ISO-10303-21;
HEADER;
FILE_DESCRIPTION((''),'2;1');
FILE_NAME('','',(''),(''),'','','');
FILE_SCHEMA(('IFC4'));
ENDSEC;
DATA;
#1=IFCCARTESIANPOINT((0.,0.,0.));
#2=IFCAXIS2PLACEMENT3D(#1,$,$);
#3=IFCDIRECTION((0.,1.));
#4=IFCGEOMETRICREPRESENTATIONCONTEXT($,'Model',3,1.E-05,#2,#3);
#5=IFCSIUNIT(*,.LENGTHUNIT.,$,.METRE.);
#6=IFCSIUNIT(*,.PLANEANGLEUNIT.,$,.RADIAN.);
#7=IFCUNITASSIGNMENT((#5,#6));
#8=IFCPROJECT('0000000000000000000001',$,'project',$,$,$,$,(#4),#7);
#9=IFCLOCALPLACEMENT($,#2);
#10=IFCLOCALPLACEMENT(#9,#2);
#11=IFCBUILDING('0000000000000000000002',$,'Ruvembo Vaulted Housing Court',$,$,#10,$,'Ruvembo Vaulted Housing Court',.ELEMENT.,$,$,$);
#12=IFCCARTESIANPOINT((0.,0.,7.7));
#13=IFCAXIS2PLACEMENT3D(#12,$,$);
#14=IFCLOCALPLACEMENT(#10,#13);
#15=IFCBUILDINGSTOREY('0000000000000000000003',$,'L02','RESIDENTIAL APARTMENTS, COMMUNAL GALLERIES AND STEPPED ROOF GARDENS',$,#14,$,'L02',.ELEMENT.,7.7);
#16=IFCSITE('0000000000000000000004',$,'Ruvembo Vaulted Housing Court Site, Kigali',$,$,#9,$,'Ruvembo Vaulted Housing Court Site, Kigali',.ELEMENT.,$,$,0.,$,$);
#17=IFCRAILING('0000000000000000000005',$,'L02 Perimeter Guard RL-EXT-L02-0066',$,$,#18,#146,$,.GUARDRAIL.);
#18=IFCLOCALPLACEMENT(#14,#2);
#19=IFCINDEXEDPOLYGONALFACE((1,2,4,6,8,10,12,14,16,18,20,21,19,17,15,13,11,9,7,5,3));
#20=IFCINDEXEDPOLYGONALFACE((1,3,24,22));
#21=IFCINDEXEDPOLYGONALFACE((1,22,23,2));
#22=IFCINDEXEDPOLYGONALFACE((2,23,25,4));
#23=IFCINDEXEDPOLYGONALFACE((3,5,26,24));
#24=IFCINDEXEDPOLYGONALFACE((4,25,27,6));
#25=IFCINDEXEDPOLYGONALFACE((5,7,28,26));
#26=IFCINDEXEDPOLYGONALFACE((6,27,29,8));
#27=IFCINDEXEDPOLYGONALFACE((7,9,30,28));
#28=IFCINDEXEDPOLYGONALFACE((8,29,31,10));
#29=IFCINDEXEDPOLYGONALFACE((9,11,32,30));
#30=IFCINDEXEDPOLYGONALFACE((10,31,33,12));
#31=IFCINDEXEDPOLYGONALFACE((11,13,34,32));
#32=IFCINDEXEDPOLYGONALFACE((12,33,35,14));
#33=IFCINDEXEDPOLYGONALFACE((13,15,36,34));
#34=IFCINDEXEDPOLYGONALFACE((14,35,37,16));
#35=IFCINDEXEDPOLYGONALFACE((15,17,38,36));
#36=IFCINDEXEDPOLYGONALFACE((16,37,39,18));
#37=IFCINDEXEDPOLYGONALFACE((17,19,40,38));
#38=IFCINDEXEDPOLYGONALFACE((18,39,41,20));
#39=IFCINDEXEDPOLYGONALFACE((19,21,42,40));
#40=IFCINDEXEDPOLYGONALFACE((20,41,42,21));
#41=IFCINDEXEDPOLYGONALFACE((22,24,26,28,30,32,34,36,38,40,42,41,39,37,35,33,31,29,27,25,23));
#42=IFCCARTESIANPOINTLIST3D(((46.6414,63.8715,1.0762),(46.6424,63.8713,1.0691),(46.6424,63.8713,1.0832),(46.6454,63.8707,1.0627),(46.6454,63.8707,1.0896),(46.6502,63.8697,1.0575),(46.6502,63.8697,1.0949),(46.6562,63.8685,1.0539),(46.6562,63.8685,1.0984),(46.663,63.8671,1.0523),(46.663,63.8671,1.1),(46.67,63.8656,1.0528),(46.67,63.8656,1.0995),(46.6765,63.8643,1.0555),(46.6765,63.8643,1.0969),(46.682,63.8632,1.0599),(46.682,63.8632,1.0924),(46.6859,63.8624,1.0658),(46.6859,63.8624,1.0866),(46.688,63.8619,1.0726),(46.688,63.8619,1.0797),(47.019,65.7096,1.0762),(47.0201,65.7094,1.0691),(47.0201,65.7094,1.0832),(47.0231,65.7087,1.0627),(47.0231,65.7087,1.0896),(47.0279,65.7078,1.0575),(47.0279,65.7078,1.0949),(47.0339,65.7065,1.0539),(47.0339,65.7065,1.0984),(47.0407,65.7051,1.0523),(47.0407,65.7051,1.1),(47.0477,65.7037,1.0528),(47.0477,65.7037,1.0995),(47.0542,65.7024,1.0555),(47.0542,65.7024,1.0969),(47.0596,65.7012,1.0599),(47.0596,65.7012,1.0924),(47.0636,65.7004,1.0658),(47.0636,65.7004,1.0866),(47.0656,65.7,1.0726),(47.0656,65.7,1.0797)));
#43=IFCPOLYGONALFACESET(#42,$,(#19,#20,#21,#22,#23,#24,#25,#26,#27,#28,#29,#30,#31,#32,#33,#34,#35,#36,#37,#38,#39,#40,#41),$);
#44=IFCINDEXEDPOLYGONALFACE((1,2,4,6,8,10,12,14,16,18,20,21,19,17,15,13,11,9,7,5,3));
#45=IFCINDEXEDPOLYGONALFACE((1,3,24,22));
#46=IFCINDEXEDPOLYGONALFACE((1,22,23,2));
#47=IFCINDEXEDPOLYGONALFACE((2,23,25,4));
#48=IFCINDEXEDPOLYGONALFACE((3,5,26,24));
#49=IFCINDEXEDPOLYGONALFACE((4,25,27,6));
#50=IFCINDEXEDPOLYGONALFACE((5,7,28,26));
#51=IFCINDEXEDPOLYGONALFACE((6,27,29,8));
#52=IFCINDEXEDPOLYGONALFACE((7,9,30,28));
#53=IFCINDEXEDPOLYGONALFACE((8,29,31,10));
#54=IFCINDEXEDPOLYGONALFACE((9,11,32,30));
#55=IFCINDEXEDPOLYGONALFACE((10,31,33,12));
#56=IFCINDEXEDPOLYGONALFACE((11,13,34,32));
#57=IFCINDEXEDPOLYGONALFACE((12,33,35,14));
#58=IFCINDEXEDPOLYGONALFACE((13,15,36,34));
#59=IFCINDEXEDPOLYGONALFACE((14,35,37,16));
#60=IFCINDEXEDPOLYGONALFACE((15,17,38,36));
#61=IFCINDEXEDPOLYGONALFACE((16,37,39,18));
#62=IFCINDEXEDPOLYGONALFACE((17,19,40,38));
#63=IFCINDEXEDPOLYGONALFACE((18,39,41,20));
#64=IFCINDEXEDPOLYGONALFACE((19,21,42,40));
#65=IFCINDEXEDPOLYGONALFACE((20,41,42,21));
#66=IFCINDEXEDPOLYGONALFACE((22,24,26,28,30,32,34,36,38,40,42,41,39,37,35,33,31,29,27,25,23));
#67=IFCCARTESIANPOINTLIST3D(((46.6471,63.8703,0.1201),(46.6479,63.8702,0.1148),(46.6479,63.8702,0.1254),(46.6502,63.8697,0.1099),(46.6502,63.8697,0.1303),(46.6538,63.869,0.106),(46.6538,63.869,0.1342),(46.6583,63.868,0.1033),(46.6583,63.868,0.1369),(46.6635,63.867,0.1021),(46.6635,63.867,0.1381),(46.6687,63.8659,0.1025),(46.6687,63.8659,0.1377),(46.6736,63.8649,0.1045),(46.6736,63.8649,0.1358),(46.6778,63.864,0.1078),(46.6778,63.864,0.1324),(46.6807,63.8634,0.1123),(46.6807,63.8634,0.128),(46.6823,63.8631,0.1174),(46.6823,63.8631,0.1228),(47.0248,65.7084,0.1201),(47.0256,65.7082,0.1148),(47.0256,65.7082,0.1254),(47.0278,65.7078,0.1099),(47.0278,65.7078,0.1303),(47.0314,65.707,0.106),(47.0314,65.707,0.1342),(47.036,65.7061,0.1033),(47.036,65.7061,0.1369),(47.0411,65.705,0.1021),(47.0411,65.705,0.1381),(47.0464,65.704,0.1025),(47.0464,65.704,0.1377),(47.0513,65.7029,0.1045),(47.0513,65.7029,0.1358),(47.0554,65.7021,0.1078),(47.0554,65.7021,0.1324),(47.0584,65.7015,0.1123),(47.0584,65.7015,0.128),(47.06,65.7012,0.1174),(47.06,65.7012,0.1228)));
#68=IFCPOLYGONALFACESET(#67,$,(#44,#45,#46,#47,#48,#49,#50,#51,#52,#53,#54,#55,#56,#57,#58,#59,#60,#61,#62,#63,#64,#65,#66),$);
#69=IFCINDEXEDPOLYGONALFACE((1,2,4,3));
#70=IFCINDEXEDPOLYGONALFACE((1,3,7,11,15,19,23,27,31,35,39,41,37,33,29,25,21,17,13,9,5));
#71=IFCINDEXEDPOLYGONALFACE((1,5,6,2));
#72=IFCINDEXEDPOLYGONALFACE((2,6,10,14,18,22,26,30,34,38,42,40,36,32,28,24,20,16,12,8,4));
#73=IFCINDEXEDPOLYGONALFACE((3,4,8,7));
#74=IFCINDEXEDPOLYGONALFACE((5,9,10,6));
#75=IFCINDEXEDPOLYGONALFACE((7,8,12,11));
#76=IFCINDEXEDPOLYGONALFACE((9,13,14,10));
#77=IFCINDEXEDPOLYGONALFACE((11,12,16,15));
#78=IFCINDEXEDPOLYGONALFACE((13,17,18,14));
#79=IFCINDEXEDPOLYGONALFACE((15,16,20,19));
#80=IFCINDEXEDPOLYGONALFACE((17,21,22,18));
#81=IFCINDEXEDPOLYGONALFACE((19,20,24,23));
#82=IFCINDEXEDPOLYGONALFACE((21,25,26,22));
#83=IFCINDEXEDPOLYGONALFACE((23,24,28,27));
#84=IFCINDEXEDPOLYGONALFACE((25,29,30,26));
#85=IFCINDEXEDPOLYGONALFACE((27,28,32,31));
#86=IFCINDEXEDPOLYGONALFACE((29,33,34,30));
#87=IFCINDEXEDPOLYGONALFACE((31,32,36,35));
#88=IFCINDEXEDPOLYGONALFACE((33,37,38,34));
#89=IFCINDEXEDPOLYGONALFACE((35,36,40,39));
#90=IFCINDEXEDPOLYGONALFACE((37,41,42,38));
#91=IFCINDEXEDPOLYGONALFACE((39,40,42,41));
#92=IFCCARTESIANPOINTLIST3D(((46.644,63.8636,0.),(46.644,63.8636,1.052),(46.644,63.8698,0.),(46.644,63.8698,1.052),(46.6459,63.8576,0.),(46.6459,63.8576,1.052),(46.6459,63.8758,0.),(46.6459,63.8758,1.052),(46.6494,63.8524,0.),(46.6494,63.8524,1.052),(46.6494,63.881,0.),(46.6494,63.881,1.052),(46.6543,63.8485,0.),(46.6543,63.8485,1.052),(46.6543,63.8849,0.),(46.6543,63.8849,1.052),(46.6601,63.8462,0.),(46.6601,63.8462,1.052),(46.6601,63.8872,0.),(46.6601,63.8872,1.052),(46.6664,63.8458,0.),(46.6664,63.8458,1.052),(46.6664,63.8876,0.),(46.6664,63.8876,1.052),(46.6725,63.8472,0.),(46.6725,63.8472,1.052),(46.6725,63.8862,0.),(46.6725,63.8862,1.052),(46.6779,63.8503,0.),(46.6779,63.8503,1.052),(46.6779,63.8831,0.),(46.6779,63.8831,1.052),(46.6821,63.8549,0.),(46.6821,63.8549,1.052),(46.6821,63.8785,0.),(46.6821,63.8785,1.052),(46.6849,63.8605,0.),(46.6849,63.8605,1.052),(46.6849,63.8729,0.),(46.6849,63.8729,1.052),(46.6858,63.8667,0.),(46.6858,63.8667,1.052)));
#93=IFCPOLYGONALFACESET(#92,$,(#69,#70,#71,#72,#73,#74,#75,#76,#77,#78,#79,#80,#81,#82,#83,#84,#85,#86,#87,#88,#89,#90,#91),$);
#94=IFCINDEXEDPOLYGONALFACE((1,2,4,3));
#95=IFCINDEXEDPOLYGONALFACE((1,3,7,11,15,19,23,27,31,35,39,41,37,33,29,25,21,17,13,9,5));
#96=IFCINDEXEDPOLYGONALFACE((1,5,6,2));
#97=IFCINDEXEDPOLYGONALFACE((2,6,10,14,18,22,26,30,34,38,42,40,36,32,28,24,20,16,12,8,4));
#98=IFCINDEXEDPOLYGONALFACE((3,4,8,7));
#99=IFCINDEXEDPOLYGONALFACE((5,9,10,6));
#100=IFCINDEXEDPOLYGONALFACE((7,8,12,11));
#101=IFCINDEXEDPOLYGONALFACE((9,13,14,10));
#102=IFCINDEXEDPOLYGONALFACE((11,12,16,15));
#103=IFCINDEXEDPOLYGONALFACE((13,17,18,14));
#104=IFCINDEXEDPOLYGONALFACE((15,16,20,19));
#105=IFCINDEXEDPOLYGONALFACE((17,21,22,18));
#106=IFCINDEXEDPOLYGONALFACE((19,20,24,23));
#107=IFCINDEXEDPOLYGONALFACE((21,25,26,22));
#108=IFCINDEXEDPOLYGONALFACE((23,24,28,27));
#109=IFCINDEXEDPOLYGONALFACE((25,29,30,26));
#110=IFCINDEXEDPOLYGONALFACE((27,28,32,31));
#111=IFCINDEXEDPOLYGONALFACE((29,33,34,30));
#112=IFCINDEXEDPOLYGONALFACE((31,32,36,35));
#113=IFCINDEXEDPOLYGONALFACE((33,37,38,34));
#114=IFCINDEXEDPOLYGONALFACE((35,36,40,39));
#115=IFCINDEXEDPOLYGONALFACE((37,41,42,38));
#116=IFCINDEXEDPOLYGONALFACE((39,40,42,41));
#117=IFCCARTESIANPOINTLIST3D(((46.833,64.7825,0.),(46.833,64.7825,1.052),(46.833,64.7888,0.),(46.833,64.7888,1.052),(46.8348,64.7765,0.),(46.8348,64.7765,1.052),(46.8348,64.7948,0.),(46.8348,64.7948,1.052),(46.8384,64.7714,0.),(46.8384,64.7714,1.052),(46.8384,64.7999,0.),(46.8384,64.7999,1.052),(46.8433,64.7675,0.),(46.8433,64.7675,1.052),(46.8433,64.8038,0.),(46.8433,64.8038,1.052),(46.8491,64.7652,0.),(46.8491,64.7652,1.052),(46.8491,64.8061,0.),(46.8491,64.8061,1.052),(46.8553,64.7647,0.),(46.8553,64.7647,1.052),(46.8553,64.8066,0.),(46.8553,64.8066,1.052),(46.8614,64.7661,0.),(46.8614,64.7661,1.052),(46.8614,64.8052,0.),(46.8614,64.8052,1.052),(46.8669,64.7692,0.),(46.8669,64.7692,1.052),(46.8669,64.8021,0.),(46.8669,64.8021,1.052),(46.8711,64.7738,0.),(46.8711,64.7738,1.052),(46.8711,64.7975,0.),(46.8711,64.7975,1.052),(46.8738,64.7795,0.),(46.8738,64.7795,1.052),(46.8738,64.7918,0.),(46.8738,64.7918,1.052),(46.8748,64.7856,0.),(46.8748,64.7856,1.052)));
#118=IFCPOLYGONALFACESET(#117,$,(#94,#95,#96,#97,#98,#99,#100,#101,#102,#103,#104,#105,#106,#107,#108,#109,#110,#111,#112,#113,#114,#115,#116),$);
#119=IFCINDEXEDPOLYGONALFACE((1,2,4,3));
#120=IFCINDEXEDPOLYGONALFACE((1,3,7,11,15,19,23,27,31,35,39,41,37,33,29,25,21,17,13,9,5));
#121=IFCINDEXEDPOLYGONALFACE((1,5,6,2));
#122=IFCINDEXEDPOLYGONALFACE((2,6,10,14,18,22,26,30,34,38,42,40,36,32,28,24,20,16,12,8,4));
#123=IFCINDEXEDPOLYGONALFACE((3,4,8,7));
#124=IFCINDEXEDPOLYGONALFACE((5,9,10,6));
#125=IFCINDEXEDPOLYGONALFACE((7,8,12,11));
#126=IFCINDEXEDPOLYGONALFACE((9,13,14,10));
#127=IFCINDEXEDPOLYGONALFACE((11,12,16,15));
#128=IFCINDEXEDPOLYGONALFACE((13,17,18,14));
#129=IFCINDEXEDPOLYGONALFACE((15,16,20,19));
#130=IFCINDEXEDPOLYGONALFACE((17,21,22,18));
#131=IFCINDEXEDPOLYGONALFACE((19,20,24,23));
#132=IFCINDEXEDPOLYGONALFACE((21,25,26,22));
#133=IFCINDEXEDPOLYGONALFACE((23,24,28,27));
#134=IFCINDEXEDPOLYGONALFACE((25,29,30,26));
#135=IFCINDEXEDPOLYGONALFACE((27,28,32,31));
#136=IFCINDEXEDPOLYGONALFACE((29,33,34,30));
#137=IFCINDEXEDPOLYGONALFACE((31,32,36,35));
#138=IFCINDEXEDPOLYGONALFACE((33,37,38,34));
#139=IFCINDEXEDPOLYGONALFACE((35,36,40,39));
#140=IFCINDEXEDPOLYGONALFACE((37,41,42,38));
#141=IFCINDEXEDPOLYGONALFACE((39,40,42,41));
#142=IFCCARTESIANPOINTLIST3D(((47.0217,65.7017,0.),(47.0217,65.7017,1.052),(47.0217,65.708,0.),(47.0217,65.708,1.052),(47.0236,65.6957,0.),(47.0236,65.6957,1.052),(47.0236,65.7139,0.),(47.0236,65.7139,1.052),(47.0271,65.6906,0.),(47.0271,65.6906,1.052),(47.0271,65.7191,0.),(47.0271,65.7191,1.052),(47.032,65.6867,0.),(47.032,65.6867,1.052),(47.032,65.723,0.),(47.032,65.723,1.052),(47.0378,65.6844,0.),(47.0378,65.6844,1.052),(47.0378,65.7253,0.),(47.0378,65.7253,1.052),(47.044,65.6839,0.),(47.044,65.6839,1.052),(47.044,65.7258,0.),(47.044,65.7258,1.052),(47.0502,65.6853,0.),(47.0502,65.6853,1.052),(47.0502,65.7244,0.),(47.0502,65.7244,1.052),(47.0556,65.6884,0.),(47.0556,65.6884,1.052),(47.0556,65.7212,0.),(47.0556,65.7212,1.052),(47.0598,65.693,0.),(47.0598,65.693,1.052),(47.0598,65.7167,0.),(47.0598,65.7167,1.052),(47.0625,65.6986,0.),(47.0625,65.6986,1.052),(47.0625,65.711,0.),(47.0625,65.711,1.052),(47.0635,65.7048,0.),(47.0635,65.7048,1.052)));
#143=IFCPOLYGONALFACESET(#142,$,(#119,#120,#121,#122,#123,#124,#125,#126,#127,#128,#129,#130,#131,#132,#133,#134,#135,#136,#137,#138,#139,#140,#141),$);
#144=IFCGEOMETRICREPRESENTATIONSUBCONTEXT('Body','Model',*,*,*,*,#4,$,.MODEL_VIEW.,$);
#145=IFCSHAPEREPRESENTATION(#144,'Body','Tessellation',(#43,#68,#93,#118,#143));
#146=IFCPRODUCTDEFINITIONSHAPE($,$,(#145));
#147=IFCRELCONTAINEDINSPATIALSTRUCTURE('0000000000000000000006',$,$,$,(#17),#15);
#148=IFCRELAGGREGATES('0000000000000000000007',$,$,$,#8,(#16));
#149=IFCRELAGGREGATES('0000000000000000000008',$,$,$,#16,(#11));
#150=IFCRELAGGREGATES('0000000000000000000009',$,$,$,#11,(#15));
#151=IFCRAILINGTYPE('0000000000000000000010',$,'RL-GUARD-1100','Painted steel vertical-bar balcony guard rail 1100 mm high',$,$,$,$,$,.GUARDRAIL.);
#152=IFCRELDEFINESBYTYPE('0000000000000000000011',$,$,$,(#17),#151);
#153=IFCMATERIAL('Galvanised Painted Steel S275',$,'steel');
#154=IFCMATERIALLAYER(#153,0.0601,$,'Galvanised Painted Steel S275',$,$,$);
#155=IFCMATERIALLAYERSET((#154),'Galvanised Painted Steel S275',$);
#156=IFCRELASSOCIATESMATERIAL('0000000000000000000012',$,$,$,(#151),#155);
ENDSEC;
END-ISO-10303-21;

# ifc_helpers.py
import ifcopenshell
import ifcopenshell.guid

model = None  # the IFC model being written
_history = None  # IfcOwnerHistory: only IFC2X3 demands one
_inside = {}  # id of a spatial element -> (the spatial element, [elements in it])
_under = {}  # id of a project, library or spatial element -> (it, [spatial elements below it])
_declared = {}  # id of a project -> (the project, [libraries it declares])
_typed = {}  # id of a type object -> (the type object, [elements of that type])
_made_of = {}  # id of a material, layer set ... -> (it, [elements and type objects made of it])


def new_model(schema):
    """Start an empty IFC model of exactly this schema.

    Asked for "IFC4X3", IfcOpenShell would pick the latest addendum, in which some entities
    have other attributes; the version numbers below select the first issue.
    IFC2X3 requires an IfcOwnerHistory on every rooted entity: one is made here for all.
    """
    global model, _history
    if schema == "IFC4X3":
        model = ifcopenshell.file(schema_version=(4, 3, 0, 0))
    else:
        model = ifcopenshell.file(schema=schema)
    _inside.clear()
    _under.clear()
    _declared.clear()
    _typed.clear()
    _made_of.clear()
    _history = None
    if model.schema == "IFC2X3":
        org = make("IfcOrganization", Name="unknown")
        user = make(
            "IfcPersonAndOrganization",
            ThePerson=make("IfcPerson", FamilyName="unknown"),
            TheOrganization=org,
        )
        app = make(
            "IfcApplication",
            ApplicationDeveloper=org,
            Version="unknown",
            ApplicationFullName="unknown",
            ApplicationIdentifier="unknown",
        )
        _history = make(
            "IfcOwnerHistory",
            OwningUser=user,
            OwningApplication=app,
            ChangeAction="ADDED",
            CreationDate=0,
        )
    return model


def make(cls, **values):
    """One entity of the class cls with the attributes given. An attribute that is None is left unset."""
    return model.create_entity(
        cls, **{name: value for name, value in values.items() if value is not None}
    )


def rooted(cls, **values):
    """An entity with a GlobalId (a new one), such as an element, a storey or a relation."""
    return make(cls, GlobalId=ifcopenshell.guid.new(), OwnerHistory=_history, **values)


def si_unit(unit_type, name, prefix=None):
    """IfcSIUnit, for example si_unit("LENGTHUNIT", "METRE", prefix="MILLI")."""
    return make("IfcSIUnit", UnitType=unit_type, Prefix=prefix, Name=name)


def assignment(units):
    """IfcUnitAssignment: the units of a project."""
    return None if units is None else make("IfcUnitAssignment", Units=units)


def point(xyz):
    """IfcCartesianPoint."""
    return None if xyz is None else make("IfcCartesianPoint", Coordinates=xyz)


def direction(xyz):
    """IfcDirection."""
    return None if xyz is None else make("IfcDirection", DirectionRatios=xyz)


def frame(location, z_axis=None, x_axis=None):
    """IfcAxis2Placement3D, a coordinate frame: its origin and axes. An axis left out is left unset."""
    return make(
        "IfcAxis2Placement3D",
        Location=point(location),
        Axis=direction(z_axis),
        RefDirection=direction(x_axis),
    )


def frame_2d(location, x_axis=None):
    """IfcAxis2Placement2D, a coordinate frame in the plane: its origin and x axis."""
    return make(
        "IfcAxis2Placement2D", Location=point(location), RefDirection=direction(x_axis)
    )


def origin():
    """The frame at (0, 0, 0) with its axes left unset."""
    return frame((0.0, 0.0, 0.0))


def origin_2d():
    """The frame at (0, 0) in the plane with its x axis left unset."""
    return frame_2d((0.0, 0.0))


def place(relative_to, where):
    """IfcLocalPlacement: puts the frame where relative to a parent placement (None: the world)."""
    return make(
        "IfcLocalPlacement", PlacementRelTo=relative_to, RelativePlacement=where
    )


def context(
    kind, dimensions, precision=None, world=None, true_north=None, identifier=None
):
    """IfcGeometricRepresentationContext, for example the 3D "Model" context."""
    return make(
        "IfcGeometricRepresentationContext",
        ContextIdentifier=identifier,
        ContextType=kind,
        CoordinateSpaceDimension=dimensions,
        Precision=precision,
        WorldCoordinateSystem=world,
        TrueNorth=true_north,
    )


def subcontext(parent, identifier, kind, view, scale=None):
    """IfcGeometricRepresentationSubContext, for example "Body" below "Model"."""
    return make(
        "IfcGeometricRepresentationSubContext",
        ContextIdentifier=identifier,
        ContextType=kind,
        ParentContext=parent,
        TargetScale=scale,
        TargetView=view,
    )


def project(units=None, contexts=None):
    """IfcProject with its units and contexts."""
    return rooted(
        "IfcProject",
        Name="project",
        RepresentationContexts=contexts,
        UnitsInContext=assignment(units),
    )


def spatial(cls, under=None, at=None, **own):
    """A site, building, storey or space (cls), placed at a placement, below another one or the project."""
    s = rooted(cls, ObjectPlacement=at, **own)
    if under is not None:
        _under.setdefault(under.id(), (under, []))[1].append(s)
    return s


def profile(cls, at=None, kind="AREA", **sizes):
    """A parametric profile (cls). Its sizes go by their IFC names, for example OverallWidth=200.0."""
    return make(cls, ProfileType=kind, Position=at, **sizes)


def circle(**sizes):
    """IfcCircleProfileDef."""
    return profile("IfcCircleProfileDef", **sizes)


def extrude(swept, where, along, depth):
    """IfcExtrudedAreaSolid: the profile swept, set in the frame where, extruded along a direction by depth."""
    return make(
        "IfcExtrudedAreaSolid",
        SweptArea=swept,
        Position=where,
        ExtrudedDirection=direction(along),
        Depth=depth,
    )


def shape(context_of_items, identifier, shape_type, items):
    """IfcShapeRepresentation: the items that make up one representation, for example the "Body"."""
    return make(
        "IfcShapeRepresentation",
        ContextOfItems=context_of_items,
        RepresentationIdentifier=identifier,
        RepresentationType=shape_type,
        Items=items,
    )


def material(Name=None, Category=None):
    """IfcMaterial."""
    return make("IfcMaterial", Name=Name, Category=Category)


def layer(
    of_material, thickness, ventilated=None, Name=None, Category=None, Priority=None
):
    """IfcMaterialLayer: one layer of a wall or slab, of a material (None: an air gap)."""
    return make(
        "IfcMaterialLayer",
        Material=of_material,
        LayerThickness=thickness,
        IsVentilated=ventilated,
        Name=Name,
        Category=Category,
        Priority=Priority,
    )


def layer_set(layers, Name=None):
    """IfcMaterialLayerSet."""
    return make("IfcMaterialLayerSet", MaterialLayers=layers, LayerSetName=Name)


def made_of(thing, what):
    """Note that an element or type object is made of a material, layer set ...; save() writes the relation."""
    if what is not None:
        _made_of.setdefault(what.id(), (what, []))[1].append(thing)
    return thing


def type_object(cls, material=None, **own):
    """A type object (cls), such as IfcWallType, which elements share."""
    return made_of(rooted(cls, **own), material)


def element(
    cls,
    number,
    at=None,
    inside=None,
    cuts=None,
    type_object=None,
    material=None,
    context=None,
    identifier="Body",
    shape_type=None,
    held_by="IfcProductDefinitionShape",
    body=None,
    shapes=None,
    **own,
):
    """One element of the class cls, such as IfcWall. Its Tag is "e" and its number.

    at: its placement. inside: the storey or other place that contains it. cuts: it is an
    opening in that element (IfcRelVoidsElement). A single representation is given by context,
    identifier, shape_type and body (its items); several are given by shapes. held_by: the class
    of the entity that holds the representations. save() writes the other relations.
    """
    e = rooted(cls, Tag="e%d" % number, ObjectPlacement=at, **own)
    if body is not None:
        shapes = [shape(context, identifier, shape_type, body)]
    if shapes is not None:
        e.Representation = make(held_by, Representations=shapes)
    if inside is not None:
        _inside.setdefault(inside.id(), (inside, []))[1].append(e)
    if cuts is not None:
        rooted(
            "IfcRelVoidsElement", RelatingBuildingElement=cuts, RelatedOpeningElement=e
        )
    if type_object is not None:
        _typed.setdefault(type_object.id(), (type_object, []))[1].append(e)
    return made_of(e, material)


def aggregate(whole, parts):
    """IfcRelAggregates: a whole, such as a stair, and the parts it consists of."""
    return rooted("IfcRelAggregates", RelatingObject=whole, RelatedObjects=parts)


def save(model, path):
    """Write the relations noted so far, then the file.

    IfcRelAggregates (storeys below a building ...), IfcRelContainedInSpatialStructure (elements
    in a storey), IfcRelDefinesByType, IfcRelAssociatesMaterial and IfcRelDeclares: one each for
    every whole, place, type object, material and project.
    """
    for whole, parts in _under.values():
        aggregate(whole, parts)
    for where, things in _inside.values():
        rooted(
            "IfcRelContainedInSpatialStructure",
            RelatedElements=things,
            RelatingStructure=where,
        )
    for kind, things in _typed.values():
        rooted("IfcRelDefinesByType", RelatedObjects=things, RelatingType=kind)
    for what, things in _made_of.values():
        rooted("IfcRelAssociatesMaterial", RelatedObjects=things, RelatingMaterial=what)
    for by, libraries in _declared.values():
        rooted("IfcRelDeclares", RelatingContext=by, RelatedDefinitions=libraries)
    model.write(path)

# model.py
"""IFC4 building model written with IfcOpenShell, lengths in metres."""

from ifc_helpers import new_model, si_unit, direction, frame, origin, origin_2d, place, context, subcontext, project, spatial, circle, extrude, material, layer, layer_set, type_object, element, save


model = new_model("IFC4")

# Units and contexts
model_context = context("Model", 3, precision=1e-05, world=origin(), true_north=direction((0.0, 1.0)))
body_context = subcontext(model_context, "Body", "Model", "MODEL_VIEW")
ifc_project = project(units=[si_unit("LENGTHUNIT", "METRE"), si_unit("PLANEANGLEUNIT", "RADIAN")], contexts=[model_context])

# Site, building, storey
site_placement = place(None, origin())
site = spatial("IfcSite", under=ifc_project, at=site_placement, Name="Ruvembo Vaulted Housing Court Site, Kigali", LongName="Ruvembo Vaulted Housing Court Site, Kigali", CompositionType="ELEMENT", RefElevation=0.0)
building_placement = place(site_placement, origin())
building = spatial("IfcBuilding", under=site, at=building_placement, Name="Ruvembo Vaulted Housing Court", LongName="Ruvembo Vaulted Housing Court", CompositionType="ELEMENT")
storey_placement = place(building_placement, frame((0.0, 0.0, 7.7)))
storey = spatial("IfcBuildingStorey", under=building, at=storey_placement, Name="L02", Description="RESIDENTIAL APARTMENTS, COMMUNAL GALLERIES AND STEPPED ROOF GARDENS", LongName="L02", CompositionType="ELEMENT", Elevation=7.7)

# Railing
ifc_material_1 = material(Name="Galvanised Painted Steel S275", Category="steel")
ifc_layer_1 = layer(ifc_material_1, 0.0601, Name="Galvanised Painted Steel S275")
ifc_layer_set_1 = layer_set([ifc_layer_1], Name="Galvanised Painted Steel S275")
railing_type = type_object("IfcRailingType", Name="RL-GUARD-1100", Description="Painted steel vertical-bar balcony guard rail 1100 mm high", PredefinedType="GUARDRAIL", material=ifc_layer_set_1)
railing_1_placement = place(storey_placement, frame((46.6648, 63.8667, 0.0)))
element("IfcRailing", 1, at=railing_1_placement, inside=storey, type_object=railing_type, Name="L02 Perimeter Guard RL-EXT-L02-0066", PredefinedType="GUARDRAIL", context=body_context, shape_type="SweptSolid", body=[
    extrude(circle(Radius=0.0239, at=origin_2d()), frame((0.0, 0.0, 1.0762), z_axis=(0.201267, 0.979536, 0.0), x_axis=(-0.979536, 0.201267, 0.0)), (0.0, 0.0, 1.0), 1.8765),
    extrude(circle(Radius=0.0181, at=origin_2d()), frame((0.0, 0.0, 0.1201), z_axis=(0.201267, 0.979536, 0.0), x_axis=(-0.979536, 0.201267, 0.0)), (0.0, 0.0, 1.0), 1.8765),
    extrude(circle(Radius=0.021, at=origin_2d()), origin(), (0.0, 0.0, 1.0), 1.052),
    extrude(circle(Radius=0.021, at=origin_2d()), frame((0.189, 0.9189, 0.0)), (0.0, 0.0, 1.0), 1.052),
    extrude(circle(Radius=0.021, at=origin_2d()), frame((0.3777, 1.8381, 0.0)), (0.0, 0.0, 1.0), 1.052),
])

save(model, "model.ifc")
